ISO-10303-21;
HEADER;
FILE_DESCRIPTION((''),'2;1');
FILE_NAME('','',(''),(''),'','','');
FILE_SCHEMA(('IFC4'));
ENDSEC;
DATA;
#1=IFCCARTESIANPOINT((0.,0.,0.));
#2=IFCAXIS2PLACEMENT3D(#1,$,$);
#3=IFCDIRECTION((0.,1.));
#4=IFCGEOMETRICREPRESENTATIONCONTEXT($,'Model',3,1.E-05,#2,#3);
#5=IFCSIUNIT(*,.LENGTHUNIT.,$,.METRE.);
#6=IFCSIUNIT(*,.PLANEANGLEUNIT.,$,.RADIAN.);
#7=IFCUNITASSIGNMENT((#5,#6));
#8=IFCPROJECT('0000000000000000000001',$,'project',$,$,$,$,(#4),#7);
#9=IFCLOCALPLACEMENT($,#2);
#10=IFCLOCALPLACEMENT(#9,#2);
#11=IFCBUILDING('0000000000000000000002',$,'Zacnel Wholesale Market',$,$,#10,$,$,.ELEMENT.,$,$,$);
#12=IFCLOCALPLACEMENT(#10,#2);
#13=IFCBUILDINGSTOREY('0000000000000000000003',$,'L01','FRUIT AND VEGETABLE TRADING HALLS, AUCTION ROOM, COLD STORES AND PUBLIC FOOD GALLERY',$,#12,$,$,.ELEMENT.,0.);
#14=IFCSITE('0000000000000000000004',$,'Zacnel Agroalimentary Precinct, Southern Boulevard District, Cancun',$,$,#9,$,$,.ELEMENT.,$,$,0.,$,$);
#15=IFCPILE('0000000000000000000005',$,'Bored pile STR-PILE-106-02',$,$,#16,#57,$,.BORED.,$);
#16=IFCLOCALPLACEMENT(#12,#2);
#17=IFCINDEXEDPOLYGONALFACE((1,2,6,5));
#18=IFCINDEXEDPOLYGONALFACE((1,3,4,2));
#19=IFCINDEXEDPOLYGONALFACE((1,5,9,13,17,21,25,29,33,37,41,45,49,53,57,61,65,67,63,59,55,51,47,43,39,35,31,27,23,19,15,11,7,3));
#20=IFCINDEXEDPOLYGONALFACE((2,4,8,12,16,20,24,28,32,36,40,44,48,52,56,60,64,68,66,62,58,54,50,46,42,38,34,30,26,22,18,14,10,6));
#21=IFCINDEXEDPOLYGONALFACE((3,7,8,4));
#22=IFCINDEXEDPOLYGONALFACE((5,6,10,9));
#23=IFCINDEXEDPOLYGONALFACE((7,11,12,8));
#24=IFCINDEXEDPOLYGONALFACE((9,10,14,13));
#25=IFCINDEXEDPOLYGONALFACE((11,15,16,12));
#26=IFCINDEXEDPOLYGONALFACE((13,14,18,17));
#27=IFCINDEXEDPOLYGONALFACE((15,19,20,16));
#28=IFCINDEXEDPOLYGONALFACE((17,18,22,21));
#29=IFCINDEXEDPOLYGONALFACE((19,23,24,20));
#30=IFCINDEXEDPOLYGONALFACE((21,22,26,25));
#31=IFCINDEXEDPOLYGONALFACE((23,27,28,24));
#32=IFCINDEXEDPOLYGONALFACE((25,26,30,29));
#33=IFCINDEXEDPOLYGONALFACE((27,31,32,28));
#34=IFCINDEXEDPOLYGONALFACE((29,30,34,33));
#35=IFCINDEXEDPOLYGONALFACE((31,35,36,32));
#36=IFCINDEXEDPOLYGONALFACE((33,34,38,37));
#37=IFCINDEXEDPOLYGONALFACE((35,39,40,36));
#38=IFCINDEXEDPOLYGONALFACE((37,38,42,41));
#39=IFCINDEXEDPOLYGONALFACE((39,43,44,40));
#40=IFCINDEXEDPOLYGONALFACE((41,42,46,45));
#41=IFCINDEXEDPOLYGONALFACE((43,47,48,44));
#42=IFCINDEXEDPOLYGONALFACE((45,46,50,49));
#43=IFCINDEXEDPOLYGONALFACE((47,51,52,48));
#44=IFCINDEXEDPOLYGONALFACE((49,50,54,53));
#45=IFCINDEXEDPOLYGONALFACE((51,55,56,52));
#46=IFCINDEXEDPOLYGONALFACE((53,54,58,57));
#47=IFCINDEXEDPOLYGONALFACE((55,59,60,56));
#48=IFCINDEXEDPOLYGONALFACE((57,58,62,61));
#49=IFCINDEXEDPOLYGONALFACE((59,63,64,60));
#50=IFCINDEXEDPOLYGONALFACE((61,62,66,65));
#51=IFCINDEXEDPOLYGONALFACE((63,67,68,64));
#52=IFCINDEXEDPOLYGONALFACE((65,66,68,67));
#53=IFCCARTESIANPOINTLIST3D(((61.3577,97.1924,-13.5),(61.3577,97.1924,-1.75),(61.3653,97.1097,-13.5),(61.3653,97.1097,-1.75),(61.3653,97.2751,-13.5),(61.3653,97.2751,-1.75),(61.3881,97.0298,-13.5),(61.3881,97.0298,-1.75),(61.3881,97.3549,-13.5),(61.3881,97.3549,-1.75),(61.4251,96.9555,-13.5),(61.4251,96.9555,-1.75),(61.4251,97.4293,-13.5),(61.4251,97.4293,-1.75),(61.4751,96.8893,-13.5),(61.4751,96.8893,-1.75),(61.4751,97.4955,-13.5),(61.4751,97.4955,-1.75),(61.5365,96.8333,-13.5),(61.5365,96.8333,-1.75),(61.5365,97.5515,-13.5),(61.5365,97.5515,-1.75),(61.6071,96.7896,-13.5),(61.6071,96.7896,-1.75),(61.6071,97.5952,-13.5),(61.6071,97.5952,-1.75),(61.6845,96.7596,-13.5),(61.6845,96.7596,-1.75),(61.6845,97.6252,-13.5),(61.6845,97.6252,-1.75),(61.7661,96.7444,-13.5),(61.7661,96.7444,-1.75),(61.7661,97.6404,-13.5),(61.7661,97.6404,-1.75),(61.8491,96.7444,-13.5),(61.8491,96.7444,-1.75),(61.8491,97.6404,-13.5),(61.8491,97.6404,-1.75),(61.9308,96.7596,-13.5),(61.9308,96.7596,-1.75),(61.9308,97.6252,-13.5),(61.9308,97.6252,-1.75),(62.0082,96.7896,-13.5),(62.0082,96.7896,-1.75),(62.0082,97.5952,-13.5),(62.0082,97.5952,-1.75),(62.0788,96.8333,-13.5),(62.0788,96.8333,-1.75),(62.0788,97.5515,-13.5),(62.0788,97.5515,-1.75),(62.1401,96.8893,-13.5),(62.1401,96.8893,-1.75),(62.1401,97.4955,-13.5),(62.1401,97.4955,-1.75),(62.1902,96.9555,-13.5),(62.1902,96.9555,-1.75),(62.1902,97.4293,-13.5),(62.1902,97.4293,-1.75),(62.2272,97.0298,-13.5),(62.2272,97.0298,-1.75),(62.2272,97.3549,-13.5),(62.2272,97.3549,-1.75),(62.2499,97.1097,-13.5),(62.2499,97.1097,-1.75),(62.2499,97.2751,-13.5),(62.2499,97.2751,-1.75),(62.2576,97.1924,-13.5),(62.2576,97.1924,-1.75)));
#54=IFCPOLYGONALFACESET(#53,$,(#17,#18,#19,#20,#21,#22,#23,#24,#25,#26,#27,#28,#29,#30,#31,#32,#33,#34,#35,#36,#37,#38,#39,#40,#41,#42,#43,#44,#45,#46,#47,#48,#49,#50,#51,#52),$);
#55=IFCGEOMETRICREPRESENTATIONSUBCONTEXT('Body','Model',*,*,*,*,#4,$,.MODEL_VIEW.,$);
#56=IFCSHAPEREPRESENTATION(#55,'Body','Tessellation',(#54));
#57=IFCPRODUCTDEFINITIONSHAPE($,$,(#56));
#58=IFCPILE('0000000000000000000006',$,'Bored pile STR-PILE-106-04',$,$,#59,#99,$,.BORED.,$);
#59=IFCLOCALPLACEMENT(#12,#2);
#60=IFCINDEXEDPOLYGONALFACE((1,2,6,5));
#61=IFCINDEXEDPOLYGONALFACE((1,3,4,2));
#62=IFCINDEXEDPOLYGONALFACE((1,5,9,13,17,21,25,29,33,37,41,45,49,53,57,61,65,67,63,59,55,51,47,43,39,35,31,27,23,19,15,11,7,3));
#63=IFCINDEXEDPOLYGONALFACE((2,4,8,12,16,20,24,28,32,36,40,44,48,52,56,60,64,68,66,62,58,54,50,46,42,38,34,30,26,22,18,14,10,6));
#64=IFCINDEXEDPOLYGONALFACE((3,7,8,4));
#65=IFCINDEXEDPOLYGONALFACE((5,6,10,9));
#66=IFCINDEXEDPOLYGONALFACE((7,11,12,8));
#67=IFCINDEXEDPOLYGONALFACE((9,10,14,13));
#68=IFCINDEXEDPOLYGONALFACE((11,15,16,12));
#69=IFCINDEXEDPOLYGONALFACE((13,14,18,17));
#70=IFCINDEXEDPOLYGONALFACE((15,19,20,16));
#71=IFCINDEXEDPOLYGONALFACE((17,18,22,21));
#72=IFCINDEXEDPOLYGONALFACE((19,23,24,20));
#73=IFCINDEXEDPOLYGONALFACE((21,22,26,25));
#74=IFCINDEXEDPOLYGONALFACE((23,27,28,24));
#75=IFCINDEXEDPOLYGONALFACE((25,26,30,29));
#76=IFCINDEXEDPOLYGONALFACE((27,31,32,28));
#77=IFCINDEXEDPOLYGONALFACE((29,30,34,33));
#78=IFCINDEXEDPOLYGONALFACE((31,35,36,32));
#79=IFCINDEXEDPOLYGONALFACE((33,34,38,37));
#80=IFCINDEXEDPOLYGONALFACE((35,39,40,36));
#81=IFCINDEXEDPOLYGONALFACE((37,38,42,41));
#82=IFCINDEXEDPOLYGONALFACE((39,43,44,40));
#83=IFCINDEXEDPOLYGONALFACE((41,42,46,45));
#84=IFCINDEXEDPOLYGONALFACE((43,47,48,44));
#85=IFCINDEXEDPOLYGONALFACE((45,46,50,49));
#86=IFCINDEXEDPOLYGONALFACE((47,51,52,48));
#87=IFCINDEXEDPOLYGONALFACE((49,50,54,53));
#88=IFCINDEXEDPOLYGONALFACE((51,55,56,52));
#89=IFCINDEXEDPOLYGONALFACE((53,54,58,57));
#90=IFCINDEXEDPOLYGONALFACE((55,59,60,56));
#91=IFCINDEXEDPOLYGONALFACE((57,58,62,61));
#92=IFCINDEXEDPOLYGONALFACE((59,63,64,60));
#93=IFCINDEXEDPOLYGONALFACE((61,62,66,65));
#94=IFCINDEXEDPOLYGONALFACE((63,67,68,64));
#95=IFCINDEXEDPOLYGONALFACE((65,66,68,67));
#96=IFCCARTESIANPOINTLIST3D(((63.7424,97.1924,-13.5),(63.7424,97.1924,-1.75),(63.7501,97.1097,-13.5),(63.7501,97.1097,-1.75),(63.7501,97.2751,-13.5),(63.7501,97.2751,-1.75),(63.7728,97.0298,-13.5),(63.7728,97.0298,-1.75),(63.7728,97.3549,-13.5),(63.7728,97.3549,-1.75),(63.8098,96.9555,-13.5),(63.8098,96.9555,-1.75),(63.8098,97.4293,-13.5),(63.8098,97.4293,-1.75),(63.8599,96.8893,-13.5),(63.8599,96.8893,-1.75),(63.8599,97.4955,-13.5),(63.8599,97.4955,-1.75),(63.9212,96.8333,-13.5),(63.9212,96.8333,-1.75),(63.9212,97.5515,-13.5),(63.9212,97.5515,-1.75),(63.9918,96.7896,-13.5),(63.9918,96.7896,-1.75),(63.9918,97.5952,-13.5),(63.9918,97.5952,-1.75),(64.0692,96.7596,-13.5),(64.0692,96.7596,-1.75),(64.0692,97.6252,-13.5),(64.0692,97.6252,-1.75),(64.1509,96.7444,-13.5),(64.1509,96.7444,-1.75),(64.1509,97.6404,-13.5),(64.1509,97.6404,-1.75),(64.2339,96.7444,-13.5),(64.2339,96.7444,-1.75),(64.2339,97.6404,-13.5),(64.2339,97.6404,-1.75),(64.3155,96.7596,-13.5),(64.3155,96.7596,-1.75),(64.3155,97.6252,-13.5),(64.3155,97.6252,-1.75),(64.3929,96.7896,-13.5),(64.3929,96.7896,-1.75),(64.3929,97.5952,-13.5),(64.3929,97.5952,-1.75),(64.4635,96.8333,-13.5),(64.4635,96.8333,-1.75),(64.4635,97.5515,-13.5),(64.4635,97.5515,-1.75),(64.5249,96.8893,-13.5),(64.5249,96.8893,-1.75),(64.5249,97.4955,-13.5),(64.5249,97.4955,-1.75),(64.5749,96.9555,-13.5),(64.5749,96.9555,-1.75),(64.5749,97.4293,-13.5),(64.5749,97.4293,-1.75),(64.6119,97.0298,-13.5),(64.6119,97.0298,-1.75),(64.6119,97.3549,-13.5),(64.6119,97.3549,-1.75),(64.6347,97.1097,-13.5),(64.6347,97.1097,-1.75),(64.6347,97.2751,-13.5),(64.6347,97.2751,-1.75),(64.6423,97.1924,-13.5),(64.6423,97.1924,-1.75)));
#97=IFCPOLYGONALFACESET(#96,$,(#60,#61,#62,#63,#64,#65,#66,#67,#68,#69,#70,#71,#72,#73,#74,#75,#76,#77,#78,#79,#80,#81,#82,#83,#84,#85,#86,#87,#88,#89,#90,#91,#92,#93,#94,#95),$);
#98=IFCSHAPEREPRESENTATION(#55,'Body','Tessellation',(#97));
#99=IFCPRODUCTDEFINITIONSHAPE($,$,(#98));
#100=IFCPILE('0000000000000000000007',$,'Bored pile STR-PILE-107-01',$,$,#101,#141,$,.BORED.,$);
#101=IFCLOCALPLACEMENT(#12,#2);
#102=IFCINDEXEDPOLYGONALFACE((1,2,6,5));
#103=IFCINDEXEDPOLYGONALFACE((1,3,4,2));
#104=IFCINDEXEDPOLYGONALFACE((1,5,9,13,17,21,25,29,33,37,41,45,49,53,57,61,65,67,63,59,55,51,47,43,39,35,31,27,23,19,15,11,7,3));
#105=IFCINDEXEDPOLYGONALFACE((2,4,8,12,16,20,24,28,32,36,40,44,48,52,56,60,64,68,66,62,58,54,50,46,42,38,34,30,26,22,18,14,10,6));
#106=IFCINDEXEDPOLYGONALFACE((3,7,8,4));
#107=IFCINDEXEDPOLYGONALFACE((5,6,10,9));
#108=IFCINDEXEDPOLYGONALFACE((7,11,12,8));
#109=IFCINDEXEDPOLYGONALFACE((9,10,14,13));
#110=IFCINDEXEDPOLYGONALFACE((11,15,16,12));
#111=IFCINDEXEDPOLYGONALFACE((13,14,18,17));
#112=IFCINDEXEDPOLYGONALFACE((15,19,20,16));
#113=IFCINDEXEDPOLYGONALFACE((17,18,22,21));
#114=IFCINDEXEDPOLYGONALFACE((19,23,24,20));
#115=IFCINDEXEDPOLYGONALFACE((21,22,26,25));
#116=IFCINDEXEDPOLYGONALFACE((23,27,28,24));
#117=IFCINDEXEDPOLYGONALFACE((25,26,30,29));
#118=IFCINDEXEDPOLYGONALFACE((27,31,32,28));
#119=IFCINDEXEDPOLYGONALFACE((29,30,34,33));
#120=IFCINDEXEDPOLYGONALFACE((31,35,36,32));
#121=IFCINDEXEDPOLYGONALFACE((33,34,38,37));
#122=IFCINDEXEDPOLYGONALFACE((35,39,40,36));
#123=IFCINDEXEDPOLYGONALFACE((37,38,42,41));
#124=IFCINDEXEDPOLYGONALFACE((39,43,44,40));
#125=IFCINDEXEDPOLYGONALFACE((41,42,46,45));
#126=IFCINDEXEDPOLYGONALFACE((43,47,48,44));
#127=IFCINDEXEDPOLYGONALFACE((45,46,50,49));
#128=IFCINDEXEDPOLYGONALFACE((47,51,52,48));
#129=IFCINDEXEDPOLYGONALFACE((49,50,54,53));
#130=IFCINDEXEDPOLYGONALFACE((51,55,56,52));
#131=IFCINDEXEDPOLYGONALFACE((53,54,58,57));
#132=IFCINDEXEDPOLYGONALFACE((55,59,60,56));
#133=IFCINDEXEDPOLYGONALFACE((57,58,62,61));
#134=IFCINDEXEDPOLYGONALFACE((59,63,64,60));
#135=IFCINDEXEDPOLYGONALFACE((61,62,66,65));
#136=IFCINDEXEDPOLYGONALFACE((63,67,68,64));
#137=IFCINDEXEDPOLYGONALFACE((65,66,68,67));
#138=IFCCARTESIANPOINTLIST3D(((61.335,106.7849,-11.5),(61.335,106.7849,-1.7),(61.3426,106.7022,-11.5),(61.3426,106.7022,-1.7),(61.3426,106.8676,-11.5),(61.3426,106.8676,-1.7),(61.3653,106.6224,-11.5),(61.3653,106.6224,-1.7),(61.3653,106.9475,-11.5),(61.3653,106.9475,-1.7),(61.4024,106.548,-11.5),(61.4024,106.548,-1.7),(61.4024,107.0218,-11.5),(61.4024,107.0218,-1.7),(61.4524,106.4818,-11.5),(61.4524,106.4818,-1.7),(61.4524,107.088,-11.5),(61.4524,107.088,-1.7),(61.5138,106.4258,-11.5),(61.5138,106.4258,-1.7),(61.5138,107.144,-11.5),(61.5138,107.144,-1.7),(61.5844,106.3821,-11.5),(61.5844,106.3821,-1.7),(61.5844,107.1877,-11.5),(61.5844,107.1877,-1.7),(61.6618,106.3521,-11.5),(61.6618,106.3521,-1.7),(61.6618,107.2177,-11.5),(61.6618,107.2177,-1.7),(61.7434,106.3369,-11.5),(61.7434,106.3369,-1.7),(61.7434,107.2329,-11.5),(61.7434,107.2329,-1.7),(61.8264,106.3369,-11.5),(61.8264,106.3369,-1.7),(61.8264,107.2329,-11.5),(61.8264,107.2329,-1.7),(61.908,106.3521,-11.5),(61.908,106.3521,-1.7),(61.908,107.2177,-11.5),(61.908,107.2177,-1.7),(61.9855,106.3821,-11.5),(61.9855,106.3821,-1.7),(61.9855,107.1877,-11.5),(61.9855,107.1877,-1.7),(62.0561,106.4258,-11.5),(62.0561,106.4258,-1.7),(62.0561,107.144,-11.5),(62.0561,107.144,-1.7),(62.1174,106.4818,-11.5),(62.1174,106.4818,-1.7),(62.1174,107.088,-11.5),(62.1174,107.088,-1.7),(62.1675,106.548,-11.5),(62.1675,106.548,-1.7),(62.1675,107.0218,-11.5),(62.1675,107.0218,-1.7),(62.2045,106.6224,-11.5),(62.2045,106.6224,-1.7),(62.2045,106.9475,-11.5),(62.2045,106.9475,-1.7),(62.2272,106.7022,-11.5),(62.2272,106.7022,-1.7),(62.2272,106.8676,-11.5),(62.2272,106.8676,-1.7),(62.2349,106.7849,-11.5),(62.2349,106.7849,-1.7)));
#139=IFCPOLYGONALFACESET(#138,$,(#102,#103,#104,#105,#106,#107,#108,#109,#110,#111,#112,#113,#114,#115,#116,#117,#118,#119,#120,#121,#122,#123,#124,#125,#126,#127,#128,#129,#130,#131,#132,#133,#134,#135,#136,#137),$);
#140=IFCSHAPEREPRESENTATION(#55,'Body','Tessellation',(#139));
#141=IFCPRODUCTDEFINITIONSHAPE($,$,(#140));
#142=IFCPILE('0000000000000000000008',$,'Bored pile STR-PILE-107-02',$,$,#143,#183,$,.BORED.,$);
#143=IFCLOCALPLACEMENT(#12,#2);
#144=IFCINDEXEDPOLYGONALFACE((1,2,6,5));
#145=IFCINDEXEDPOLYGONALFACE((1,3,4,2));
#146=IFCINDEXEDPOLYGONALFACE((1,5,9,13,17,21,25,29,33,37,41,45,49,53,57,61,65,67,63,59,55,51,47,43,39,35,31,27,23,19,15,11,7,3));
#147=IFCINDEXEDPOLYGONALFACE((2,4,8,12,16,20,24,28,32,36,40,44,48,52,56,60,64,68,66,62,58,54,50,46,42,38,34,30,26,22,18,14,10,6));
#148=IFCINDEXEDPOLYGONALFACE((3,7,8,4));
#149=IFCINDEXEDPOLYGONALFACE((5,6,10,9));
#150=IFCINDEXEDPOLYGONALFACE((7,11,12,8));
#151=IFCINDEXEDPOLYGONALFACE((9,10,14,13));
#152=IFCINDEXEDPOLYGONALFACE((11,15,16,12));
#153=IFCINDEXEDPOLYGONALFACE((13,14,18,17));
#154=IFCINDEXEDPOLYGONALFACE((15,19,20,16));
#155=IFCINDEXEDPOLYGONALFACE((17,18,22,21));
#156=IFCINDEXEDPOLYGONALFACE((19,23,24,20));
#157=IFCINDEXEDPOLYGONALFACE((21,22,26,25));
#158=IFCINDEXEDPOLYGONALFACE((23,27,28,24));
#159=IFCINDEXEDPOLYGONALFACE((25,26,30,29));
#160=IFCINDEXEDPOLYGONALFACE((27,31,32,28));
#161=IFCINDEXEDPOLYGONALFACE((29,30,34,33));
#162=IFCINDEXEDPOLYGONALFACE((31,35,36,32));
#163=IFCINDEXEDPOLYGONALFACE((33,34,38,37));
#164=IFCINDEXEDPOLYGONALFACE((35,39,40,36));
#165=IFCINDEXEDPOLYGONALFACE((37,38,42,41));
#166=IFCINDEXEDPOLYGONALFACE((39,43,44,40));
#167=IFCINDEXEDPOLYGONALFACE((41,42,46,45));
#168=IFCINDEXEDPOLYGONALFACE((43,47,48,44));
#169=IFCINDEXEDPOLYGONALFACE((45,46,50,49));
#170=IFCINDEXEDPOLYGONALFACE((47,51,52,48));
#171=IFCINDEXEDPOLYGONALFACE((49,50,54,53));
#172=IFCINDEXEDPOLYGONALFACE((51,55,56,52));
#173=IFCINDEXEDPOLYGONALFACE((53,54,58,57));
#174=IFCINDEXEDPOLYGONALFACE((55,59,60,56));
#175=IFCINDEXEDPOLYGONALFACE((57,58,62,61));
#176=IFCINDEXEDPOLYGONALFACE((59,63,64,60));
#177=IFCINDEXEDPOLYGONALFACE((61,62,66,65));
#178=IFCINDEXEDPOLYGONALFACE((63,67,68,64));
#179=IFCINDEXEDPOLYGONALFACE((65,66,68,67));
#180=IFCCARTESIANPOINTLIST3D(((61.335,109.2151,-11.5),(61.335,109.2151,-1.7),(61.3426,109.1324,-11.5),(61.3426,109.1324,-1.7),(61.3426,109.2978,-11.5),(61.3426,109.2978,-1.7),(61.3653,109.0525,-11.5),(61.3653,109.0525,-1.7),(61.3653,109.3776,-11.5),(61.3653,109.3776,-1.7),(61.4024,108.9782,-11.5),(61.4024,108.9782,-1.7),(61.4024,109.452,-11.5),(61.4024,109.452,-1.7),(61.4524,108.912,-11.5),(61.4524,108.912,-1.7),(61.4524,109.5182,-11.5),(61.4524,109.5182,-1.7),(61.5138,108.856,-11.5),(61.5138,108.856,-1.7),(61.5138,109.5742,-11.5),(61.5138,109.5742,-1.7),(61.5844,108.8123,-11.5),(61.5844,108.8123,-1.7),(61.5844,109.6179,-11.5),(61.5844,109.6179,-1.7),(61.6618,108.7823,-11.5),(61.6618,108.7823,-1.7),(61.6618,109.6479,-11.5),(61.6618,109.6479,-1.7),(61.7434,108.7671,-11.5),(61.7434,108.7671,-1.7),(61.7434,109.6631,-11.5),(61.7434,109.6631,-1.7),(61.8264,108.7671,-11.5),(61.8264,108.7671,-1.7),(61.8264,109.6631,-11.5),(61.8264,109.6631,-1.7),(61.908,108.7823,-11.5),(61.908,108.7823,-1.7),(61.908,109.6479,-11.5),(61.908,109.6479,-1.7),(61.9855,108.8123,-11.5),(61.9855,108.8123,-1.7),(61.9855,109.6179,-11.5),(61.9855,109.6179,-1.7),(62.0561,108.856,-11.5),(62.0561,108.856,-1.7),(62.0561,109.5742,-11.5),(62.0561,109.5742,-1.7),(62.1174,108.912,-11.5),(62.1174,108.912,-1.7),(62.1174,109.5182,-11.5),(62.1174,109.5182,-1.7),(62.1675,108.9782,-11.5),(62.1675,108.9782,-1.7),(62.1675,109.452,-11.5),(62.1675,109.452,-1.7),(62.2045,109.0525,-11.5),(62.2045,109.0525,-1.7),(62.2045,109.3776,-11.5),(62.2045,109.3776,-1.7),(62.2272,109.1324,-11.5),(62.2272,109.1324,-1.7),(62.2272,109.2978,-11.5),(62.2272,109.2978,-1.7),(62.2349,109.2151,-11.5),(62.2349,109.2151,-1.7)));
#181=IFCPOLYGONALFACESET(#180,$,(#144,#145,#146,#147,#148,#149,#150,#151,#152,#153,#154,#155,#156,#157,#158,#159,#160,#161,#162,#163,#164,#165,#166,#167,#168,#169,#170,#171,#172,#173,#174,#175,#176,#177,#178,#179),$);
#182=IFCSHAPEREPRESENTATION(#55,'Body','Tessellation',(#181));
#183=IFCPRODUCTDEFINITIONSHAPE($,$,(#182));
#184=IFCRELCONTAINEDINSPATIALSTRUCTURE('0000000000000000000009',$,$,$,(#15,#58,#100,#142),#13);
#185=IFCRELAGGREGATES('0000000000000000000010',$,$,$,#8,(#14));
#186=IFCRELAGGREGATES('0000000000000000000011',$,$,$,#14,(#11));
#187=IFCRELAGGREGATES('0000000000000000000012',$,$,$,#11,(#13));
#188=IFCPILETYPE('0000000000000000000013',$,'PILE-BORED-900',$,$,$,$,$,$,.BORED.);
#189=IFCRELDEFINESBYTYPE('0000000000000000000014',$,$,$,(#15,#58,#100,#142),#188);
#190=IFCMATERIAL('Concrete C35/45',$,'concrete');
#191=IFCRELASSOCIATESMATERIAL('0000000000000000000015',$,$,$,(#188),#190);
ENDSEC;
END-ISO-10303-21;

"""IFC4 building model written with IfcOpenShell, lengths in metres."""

from ifc_helpers import new_model, si_unit, direction, frame, origin, origin_2d, place, context, subcontext, project, spatial, circle, extrude, material, material_profile, profile_set, type_object, element, save


model = new_model("IFC4")

# Units and contexts
model_context = context("Model", 3, precision=1e-05, world=origin(), true_north=direction((0.0, 1.0)))
body_context = subcontext(model_context, "Body", "Model", "MODEL_VIEW")
ifc_project = project(units=[si_unit("LENGTHUNIT", "METRE"), si_unit("PLANEANGLEUNIT", "RADIAN")], contexts=[model_context])

# Site, building, storey
site_placement = place(None, origin())
site = spatial("IfcSite", under=ifc_project, at=site_placement, Name="Zacnel Agroalimentary Precinct, Southern Boulevard District, Cancun", CompositionType="ELEMENT", RefElevation=0.0)
building_placement = place(site_placement, origin())
building = spatial("IfcBuilding", under=site, at=building_placement, Name="Zacnel Wholesale Market", CompositionType="ELEMENT")
storey_placement = place(building_placement, origin())
storey = spatial("IfcBuildingStorey", under=building, at=storey_placement, Name="L01", Description="FRUIT AND VEGETABLE TRADING HALLS, AUCTION ROOM, COLD STORES AND PUBLIC FOOD GALLERY", CompositionType="ELEMENT", Elevation=0.0)

# Piles
ifc_material_1 = material(Name="Concrete C35/45", Category="concrete")
ifc_material_profile_1 = material_profile(ifc_material_1, circle(Radius=0.45, at=origin_2d()), Name="BORED PILE D900")
ifc_profile_set_1 = profile_set([ifc_material_profile_1], Name="Concrete C35/45")
pile_type_1 = type_object("IfcPileType", Name="PILE-BORED-900", PredefinedType="BORED", material=ifc_profile_set_1)
for number, where, z_axis, x_axis, name in (
    (1, (61.8076, 97.1924, -1.75), (0.0, 0.0, -1.0), (1.0, 0.0, 0.0), "Bored pile STR-PILE-106-02"),
    (2, (64.1924, 97.1924, -1.75), (0.0, 0.0, -1.0), (1.0, 0.0, 0.0), "Bored pile STR-PILE-106-04"),
):
    element("IfcPile", number, at=place(storey_placement, frame(where, z_axis=z_axis, x_axis=x_axis)), inside=storey, type_object=pile_type_1, Name=name, PredefinedType="BORED", context=body_context, shape_type="SweptSolid", body=[
        extrude(circle(Radius=0.45, at=origin_2d()), origin(), (0.0, 0.0, 1.0), 11.75),
    ])
for number, where, z_axis, x_axis, name in (
    (3, (61.7849, 106.7849, -1.7), (0.0, 0.0, -1.0), (1.0, 0.0, 0.0), "Bored pile STR-PILE-107-01"),
    (4, (61.7849, 109.2151, -1.7), (0.0, 0.0, -1.0), (1.0, 0.0, 0.0), "Bored pile STR-PILE-107-02"),
):
    element("IfcPile", number, at=place(storey_placement, frame(where, z_axis=z_axis, x_axis=x_axis)), inside=storey, type_object=pile_type_1, Name=name, PredefinedType="BORED", context=body_context, shape_type="SweptSolid", body=[
        extrude(circle(Radius=0.45, at=origin_2d()), origin(), (0.0, 0.0, 1.0), 9.8),
    ])

save(model, "model.ifc")
